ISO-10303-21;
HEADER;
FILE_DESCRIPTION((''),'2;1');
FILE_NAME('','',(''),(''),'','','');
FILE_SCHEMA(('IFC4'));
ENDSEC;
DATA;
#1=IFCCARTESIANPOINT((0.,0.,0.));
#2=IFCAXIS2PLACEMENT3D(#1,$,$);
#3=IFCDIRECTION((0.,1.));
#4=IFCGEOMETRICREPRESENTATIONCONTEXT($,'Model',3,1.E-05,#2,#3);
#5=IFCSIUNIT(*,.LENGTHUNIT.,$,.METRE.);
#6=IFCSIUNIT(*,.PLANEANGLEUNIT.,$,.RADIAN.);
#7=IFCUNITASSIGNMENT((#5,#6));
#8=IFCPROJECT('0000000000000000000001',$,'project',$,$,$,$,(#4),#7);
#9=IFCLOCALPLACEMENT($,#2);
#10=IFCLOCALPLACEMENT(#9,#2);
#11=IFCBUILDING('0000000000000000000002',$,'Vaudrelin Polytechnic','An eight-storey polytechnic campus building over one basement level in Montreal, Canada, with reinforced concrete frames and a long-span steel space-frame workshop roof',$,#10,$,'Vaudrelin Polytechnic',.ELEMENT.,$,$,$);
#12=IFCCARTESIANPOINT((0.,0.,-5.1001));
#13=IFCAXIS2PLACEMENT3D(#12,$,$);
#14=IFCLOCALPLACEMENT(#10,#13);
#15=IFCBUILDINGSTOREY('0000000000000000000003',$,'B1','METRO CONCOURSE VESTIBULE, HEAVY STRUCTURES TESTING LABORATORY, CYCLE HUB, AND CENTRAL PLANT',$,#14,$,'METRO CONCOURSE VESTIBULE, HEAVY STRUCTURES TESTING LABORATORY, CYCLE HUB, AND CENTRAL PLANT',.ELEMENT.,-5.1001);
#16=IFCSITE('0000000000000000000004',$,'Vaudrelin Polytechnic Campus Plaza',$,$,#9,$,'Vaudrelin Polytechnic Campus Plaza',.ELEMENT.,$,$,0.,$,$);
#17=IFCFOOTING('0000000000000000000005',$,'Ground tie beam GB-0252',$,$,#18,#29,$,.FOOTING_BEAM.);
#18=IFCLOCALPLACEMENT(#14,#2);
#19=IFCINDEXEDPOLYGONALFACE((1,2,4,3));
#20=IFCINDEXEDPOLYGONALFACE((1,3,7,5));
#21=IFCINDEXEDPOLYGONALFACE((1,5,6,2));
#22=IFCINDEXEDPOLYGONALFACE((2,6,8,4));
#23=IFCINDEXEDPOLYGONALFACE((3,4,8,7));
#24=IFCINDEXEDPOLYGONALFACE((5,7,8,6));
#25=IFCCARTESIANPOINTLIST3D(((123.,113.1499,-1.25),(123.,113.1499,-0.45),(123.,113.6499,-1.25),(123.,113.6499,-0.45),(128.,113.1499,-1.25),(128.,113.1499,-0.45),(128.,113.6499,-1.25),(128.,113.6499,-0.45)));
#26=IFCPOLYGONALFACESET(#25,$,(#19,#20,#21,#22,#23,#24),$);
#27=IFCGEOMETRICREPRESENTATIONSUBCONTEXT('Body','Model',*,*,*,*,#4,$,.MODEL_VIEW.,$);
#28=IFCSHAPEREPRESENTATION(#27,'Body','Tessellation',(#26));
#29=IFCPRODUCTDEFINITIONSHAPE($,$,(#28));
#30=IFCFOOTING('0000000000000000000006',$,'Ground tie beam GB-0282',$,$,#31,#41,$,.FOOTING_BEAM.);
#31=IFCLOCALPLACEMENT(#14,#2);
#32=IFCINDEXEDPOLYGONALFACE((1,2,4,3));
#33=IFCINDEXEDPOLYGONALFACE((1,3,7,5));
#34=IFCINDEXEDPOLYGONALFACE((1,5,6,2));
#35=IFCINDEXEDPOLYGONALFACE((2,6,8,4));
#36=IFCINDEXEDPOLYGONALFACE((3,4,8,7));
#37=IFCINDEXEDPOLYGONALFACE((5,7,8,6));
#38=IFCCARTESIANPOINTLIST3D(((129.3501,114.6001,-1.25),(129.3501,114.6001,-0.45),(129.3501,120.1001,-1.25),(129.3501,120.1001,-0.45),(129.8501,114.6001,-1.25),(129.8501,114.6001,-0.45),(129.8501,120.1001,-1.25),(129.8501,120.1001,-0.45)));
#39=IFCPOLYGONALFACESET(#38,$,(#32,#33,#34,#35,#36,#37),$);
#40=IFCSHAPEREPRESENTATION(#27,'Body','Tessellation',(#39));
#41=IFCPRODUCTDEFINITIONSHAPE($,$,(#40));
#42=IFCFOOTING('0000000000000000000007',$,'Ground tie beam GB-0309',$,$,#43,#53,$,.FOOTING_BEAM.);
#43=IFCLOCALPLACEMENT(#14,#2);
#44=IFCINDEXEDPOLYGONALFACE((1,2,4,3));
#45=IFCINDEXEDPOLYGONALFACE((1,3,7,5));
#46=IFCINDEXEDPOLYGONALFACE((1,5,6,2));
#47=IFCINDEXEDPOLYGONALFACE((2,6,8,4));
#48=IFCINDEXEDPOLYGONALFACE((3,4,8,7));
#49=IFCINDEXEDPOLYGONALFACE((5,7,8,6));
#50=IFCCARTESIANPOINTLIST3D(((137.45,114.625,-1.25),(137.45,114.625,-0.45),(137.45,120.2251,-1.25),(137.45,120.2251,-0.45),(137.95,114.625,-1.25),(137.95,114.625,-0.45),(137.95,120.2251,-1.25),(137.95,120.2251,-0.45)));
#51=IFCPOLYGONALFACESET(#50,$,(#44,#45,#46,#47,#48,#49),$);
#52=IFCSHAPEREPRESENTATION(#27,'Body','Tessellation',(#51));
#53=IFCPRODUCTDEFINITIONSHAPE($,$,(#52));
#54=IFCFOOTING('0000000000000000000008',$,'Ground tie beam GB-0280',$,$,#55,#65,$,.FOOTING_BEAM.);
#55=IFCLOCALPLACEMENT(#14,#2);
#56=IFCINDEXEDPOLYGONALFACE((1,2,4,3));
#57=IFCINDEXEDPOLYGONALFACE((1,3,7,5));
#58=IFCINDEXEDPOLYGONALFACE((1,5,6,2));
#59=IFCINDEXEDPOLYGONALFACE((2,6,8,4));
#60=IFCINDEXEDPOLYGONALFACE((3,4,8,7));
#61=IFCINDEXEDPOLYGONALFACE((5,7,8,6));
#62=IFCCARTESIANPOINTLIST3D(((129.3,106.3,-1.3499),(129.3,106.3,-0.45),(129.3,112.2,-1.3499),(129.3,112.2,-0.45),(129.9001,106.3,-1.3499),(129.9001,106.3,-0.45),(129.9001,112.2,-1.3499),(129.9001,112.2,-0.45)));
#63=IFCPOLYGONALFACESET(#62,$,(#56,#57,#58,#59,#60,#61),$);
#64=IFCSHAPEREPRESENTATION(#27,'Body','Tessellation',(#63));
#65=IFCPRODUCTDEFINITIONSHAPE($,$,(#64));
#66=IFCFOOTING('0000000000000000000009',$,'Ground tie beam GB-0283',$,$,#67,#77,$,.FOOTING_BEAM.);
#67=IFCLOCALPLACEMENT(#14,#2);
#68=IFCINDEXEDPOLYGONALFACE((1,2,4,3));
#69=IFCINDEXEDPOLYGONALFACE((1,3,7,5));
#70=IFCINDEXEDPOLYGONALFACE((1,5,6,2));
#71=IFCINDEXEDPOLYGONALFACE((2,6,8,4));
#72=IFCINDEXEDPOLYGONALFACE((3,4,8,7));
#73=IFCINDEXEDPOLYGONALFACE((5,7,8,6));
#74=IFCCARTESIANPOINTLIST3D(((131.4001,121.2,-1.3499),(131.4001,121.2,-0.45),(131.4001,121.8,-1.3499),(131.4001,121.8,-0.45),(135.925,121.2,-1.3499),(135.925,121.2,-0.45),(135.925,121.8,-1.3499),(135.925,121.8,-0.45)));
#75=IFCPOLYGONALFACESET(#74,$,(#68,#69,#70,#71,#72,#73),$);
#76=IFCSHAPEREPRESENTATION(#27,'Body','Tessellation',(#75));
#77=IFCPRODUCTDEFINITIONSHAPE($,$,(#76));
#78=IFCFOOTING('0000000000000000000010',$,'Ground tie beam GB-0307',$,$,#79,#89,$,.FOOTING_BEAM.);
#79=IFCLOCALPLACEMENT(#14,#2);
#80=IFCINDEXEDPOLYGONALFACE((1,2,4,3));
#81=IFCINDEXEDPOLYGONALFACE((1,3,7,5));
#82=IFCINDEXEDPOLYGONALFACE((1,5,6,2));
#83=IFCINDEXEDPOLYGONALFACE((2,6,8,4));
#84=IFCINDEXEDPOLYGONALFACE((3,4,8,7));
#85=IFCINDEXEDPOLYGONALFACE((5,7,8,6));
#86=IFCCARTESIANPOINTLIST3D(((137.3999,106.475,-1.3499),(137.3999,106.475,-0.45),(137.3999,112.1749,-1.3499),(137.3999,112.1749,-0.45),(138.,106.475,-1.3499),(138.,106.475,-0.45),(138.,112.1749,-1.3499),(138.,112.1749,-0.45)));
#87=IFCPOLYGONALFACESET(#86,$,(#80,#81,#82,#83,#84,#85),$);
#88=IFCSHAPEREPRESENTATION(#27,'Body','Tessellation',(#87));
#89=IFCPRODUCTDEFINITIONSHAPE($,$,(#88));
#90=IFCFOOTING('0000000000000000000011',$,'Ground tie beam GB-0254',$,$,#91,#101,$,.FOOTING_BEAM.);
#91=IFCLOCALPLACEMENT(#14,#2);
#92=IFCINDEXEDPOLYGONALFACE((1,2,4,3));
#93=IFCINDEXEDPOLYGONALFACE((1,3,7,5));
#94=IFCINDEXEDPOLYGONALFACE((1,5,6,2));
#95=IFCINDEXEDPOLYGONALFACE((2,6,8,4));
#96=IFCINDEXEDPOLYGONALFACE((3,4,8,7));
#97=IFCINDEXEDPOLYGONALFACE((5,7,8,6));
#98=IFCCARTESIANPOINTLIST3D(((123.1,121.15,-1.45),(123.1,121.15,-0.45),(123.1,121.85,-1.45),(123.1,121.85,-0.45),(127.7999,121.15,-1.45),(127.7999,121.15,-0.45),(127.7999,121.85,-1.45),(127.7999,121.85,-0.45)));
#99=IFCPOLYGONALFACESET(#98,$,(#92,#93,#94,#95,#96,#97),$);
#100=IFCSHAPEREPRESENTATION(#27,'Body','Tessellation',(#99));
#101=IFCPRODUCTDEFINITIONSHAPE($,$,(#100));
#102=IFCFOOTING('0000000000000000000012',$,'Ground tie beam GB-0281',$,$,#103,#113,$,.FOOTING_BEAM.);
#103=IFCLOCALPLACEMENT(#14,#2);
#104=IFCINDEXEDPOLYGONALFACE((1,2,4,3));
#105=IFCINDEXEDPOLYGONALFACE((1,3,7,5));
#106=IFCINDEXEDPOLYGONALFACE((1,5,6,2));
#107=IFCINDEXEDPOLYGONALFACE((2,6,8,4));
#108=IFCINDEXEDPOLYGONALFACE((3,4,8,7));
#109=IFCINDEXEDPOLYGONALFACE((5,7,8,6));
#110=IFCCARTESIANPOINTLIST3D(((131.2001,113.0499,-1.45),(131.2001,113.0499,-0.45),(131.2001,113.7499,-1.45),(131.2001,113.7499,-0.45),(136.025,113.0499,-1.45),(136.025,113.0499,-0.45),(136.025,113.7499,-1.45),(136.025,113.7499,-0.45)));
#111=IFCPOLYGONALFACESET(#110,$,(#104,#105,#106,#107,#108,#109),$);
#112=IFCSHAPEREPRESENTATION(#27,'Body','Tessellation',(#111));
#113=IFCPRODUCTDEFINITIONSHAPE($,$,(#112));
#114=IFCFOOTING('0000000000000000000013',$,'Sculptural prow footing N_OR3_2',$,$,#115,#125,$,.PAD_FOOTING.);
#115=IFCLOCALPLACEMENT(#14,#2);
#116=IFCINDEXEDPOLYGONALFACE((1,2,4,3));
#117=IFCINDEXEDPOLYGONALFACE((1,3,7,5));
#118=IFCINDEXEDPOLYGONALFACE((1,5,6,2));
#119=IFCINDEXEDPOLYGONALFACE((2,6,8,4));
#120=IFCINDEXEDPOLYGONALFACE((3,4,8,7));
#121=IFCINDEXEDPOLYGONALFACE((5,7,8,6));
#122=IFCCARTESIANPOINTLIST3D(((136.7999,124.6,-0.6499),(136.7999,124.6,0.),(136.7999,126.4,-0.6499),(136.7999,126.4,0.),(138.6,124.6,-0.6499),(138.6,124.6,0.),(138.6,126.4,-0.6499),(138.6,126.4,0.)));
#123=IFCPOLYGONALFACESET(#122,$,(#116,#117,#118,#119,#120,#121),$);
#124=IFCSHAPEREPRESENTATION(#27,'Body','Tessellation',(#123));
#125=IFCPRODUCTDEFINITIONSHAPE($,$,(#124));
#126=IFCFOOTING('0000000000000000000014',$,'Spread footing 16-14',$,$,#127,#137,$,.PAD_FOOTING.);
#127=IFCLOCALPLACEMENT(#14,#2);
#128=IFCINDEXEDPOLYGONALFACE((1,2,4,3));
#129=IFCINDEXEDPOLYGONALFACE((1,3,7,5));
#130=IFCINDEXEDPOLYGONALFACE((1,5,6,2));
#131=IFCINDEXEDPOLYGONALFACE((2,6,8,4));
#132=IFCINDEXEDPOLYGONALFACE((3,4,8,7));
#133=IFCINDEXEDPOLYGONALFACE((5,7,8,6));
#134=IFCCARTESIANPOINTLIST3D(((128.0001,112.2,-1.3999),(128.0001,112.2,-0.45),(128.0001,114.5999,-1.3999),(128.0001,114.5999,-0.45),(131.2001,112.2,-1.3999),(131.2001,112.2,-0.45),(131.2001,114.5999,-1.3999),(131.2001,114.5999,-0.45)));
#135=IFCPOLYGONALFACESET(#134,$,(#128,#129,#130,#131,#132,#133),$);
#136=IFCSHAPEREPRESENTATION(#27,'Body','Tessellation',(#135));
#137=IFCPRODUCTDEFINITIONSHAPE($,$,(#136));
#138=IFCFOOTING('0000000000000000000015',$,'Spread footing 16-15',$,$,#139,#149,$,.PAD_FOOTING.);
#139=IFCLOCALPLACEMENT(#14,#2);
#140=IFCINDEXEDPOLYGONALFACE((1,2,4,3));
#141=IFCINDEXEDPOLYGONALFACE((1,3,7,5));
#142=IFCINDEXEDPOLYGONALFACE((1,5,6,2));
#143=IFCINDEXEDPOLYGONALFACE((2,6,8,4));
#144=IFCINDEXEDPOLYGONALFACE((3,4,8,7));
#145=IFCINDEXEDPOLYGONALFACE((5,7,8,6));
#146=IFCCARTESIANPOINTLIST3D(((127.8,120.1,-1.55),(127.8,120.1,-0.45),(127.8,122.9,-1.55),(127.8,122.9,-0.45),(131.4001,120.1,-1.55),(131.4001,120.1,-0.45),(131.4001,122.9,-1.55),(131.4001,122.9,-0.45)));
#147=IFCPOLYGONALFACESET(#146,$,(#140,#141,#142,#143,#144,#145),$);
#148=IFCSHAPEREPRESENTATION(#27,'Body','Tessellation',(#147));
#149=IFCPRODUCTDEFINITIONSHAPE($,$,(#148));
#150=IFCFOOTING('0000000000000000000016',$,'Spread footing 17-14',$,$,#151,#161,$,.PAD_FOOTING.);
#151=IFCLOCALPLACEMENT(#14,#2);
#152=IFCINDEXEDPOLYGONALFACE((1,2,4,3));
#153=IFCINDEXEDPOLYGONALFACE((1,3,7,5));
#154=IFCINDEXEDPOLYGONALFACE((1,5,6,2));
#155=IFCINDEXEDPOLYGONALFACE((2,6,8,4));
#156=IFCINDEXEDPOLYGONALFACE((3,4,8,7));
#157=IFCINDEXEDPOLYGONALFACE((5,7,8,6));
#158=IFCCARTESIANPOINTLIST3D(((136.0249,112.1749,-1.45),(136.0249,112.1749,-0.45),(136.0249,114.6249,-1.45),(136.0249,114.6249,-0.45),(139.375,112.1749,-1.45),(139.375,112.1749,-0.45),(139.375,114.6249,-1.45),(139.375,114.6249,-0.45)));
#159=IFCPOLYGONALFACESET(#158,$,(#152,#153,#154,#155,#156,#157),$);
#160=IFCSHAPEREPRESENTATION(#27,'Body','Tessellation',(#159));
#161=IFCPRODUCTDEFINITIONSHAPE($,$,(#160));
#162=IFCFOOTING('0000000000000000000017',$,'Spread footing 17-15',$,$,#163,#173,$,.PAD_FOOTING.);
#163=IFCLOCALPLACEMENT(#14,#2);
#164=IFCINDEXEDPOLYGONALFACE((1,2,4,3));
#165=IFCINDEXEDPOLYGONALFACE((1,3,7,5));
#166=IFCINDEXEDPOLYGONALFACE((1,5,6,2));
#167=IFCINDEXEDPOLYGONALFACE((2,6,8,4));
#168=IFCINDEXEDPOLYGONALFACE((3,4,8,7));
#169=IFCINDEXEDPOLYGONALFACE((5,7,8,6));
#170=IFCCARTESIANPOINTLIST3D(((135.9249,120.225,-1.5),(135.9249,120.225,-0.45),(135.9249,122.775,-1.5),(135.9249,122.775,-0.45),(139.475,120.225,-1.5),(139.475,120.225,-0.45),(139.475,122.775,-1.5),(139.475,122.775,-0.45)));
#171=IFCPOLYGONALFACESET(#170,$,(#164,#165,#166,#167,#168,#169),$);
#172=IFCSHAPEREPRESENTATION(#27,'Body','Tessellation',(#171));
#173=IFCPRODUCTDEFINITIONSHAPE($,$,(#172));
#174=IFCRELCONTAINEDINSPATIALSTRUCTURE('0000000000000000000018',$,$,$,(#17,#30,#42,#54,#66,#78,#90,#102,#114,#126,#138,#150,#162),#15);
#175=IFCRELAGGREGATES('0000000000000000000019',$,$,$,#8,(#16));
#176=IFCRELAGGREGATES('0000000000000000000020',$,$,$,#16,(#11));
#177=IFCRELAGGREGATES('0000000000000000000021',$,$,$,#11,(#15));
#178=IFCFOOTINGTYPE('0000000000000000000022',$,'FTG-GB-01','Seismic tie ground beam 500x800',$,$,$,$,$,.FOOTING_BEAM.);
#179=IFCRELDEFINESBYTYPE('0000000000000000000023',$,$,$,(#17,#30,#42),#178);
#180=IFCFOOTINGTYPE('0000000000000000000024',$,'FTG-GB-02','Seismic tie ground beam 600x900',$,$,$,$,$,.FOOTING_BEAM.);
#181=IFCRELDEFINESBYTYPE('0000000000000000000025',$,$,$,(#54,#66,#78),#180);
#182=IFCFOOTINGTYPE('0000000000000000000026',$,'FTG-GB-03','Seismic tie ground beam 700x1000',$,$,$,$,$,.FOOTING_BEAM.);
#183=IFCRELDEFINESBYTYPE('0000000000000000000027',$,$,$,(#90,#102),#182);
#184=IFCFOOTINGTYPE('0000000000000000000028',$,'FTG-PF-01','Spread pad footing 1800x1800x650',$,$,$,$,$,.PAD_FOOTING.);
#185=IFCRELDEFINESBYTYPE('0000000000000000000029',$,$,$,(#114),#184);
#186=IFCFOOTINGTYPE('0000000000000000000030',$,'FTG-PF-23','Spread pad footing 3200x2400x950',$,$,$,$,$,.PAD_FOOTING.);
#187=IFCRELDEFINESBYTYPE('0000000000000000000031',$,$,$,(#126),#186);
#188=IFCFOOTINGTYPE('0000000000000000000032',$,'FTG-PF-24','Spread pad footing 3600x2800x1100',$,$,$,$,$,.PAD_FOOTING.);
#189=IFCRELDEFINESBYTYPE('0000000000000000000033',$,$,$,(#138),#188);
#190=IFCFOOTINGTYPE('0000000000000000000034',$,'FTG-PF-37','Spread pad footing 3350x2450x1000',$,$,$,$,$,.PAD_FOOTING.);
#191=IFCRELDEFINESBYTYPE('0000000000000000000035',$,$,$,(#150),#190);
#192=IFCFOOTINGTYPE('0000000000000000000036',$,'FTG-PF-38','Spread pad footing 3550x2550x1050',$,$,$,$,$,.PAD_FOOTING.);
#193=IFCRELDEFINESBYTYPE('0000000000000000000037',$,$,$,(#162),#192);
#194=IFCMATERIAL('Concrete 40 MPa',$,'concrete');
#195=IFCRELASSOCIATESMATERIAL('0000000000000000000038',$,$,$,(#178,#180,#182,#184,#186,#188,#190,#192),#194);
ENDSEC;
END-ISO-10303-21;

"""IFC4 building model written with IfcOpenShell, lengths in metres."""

from ifc_helpers import new_model, si_unit, direction, frame, origin, origin_2d, place, context, subcontext, project, spatial, rectangle, extrude, material, type_object, element, save


model = new_model("IFC4")

# Units and contexts
model_context = context("Model", 3, precision=1e-05, world=origin(), true_north=direction((0.0, 1.0)))
body_context = subcontext(model_context, "Body", "Model", "MODEL_VIEW")
ifc_project = project(units=[si_unit("LENGTHUNIT", "METRE"), si_unit("PLANEANGLEUNIT", "RADIAN")], contexts=[model_context])

# Site, building, storey
site_placement = place(None, origin())
site = spatial("IfcSite", under=ifc_project, at=site_placement, Name="Vaudrelin Polytechnic Campus Plaza", LongName="Vaudrelin Polytechnic Campus Plaza", CompositionType="ELEMENT", RefElevation=0.0)
building_placement = place(site_placement, origin())
building = spatial("IfcBuilding", under=site, at=building_placement, Name="Vaudrelin Polytechnic", Description="An eight-storey polytechnic campus building over one basement level in Montreal, Canada, with reinforced concrete frames and a long-span steel space-frame workshop roof", LongName="Vaudrelin Polytechnic", CompositionType="ELEMENT")
storey_placement = place(building_placement, frame((0.0, 0.0, -5.1001)))
storey = spatial("IfcBuildingStorey", under=building, at=storey_placement, Name="B1", Description="METRO CONCOURSE VESTIBULE, HEAVY STRUCTURES TESTING LABORATORY, CYCLE HUB, AND CENTRAL PLANT", LongName="METRO CONCOURSE VESTIBULE, HEAVY STRUCTURES TESTING LABORATORY, CYCLE HUB, AND CENTRAL PLANT", CompositionType="ELEMENT", Elevation=-5.1001)

# Footings
ifc_material_1 = material(Name="Concrete 40 MPa", Category="concrete")
footing_type_1 = type_object("IfcFootingType", Name="FTG-GB-01", Description="Seismic tie ground beam 500x800", PredefinedType="FOOTING_BEAM", material=ifc_material_1)
footing_1_placement = place(storey_placement, frame((125.5, 113.3999, -1.25), z_axis=(0.0, 0.0, 1.0), x_axis=(1.0, 0.0, 0.0)))
element("IfcFooting", 1, at=footing_1_placement, inside=storey, type_object=footing_type_1, Name="Ground tie beam GB-0252", PredefinedType="FOOTING_BEAM", context=body_context, shape_type="SweptSolid", body=[
    extrude(rectangle(XDim=5.0, YDim=0.5, at=origin_2d()), origin(), (0.0, 0.0, 1.0), 0.8),
])
footing_2_placement = place(storey_placement, frame((129.6001, 117.3501, -1.25), z_axis=(0.0, 0.0, 1.0), x_axis=(1.0, 0.0, 0.0)))
element("IfcFooting", 2, at=footing_2_placement, inside=storey, type_object=footing_type_1, Name="Ground tie beam GB-0282", PredefinedType="FOOTING_BEAM", context=body_context, shape_type="SweptSolid", body=[
    extrude(rectangle(XDim=0.5, YDim=5.5, at=origin_2d()), origin(), (0.0, 0.0, 1.0), 0.8),
])
footing_3_placement = place(storey_placement, frame((137.7, 117.425, -1.25), z_axis=(0.0, 0.0, 1.0), x_axis=(1.0, 0.0, 0.0)))
element("IfcFooting", 3, at=footing_3_placement, inside=storey, type_object=footing_type_1, Name="Ground tie beam GB-0309", PredefinedType="FOOTING_BEAM", context=body_context, shape_type="SweptSolid", body=[
    extrude(rectangle(XDim=0.5, YDim=5.6001, at=origin_2d()), origin(), (0.0, 0.0, 1.0), 0.8),
])
footing_type_2 = type_object("IfcFootingType", Name="FTG-GB-02", Description="Seismic tie ground beam 600x900", PredefinedType="FOOTING_BEAM", material=ifc_material_1)
footing_4_placement = place(storey_placement, frame((129.6001, 109.25, -1.3499), z_axis=(0.0, 0.0, 1.0), x_axis=(1.0, 0.0, 0.0)))
element("IfcFooting", 4, at=footing_4_placement, inside=storey, type_object=footing_type_2, Name="Ground tie beam GB-0280", PredefinedType="FOOTING_BEAM", context=body_context, shape_type="SweptSolid", body=[
    extrude(rectangle(XDim=0.6001, YDim=5.8999, at=origin_2d()), origin(), (0.0, 0.0, 1.0), 0.8999),
])
footing_5_placement = place(storey_placement, frame((133.6626, 121.5, -1.3499), z_axis=(0.0, 0.0, 1.0), x_axis=(1.0, 0.0, 0.0)))
element("IfcFooting", 5, at=footing_5_placement, inside=storey, type_object=footing_type_2, Name="Ground tie beam GB-0283", PredefinedType="FOOTING_BEAM", context=body_context, shape_type="SweptSolid", body=[
    extrude(rectangle(XDim=4.5249, YDim=0.6001, at=origin_2d()), origin(), (0.0, 0.0, 1.0), 0.8999),
])
footing_6_placement = place(storey_placement, frame((137.7, 109.325, -1.3499), z_axis=(0.0, 0.0, 1.0), x_axis=(1.0, 0.0, 0.0)))
element("IfcFooting", 6, at=footing_6_placement, inside=storey, type_object=footing_type_2, Name="Ground tie beam GB-0307", PredefinedType="FOOTING_BEAM", context=body_context, shape_type="SweptSolid", body=[
    extrude(rectangle(XDim=0.6001, YDim=5.7, at=origin_2d()), origin(), (0.0, 0.0, 1.0), 0.8999),
])
footing_type_3 = type_object("IfcFootingType", Name="FTG-GB-03", Description="Seismic tie ground beam 700x1000", PredefinedType="FOOTING_BEAM", material=ifc_material_1)
footing_7_placement = place(storey_placement, frame((125.45, 121.5, -1.45), z_axis=(0.0, 0.0, 1.0), x_axis=(1.0, 0.0, 0.0)))
element("IfcFooting", 7, at=footing_7_placement, inside=storey, type_object=footing_type_3, Name="Ground tie beam GB-0254", PredefinedType="FOOTING_BEAM", context=body_context, shape_type="SweptSolid", body=[
    extrude(rectangle(XDim=4.7, YDim=0.7, at=origin_2d()), origin(), (0.0, 0.0, 1.0), 1.0),
])
footing_8_placement = place(storey_placement, frame((133.6125, 113.3999, -1.45), z_axis=(0.0, 0.0, 1.0), x_axis=(1.0, 0.0, 0.0)))
element("IfcFooting", 8, at=footing_8_placement, inside=storey, type_object=footing_type_3, Name="Ground tie beam GB-0281", PredefinedType="FOOTING_BEAM", context=body_context, shape_type="SweptSolid", body=[
    extrude(rectangle(XDim=4.825, YDim=0.7, at=origin_2d()), origin(), (0.0, 0.0, 1.0), 1.0),
])
footing_type_4 = type_object("IfcFootingType", Name="FTG-PF-01", Description="Spread pad footing 1800x1800x650", PredefinedType="PAD_FOOTING", material=ifc_material_1)
footing_9_placement = place(storey_placement, frame((137.7, 125.5, -0.6499), z_axis=(0.0, 0.0, 1.0), x_axis=(1.0, 0.0, 0.0)))
element("IfcFooting", 9, at=footing_9_placement, inside=storey, type_object=footing_type_4, Name="Sculptural prow footing N_OR3_2", PredefinedType="PAD_FOOTING", context=body_context, shape_type="SweptSolid", body=[
    extrude(rectangle(XDim=1.8, YDim=1.8, at=origin_2d()), origin(), (0.0, 0.0, 1.0), 0.6499),
])
footing_type_5 = type_object("IfcFootingType", Name="FTG-PF-23", Description="Spread pad footing 3200x2400x950", PredefinedType="PAD_FOOTING", material=ifc_material_1)
footing_10_placement = place(storey_placement, frame((129.6001, 113.3999, -1.3999), z_axis=(0.0, 0.0, 1.0), x_axis=(1.0, 0.0, 0.0)))
element("IfcFooting", 10, at=footing_10_placement, inside=storey, type_object=footing_type_5, Name="Spread footing 16-14", PredefinedType="PAD_FOOTING", context=body_context, shape_type="SweptSolid", body=[
    extrude(rectangle(XDim=3.2, YDim=2.3999, at=origin_2d()), origin(), (0.0, 0.0, 1.0), 0.95),
])
footing_type_6 = type_object("IfcFootingType", Name="FTG-PF-24", Description="Spread pad footing 3600x2800x1100", PredefinedType="PAD_FOOTING", material=ifc_material_1)
footing_11_placement = place(storey_placement, frame((129.6001, 121.5, -1.55), z_axis=(0.0, 0.0, 1.0), x_axis=(1.0, 0.0, 0.0)))
element("IfcFooting", 11, at=footing_11_placement, inside=storey, type_object=footing_type_6, Name="Spread footing 16-15", PredefinedType="PAD_FOOTING", context=body_context, shape_type="SweptSolid", body=[
    extrude(rectangle(XDim=3.6001, YDim=2.8, at=origin_2d()), origin(), (0.0, 0.0, 1.0), 1.1001),
])
footing_type_7 = type_object("IfcFootingType", Name="FTG-PF-37", Description="Spread pad footing 3350x2450x1000", PredefinedType="PAD_FOOTING", material=ifc_material_1)
footing_12_placement = place(storey_placement, frame((137.7, 113.3999, -1.45), z_axis=(0.0, 0.0, 1.0), x_axis=(1.0, 0.0, 0.0)))
element("IfcFooting", 12, at=footing_12_placement, inside=storey, type_object=footing_type_7, Name="Spread footing 17-14", PredefinedType="PAD_FOOTING", context=body_context, shape_type="SweptSolid", body=[
    extrude(rectangle(XDim=3.3501, YDim=2.45, at=origin_2d()), origin(), (0.0, 0.0, 1.0), 1.0),
])
footing_type_8 = type_object("IfcFootingType", Name="FTG-PF-38", Description="Spread pad footing 3550x2550x1050", PredefinedType="PAD_FOOTING", material=ifc_material_1)
footing_13_placement = place(storey_placement, frame((137.7, 121.5, -1.5), z_axis=(0.0, 0.0, 1.0), x_axis=(1.0, 0.0, 0.0)))
element("IfcFooting", 13, at=footing_13_placement, inside=storey, type_object=footing_type_8, Name="Spread footing 17-15", PredefinedType="PAD_FOOTING", context=body_context, shape_type="SweptSolid", body=[
    extrude(rectangle(XDim=3.55, YDim=2.55, at=origin_2d()), origin(), (0.0, 0.0, 1.0), 1.05),
])

save(model, "model.ifc")
